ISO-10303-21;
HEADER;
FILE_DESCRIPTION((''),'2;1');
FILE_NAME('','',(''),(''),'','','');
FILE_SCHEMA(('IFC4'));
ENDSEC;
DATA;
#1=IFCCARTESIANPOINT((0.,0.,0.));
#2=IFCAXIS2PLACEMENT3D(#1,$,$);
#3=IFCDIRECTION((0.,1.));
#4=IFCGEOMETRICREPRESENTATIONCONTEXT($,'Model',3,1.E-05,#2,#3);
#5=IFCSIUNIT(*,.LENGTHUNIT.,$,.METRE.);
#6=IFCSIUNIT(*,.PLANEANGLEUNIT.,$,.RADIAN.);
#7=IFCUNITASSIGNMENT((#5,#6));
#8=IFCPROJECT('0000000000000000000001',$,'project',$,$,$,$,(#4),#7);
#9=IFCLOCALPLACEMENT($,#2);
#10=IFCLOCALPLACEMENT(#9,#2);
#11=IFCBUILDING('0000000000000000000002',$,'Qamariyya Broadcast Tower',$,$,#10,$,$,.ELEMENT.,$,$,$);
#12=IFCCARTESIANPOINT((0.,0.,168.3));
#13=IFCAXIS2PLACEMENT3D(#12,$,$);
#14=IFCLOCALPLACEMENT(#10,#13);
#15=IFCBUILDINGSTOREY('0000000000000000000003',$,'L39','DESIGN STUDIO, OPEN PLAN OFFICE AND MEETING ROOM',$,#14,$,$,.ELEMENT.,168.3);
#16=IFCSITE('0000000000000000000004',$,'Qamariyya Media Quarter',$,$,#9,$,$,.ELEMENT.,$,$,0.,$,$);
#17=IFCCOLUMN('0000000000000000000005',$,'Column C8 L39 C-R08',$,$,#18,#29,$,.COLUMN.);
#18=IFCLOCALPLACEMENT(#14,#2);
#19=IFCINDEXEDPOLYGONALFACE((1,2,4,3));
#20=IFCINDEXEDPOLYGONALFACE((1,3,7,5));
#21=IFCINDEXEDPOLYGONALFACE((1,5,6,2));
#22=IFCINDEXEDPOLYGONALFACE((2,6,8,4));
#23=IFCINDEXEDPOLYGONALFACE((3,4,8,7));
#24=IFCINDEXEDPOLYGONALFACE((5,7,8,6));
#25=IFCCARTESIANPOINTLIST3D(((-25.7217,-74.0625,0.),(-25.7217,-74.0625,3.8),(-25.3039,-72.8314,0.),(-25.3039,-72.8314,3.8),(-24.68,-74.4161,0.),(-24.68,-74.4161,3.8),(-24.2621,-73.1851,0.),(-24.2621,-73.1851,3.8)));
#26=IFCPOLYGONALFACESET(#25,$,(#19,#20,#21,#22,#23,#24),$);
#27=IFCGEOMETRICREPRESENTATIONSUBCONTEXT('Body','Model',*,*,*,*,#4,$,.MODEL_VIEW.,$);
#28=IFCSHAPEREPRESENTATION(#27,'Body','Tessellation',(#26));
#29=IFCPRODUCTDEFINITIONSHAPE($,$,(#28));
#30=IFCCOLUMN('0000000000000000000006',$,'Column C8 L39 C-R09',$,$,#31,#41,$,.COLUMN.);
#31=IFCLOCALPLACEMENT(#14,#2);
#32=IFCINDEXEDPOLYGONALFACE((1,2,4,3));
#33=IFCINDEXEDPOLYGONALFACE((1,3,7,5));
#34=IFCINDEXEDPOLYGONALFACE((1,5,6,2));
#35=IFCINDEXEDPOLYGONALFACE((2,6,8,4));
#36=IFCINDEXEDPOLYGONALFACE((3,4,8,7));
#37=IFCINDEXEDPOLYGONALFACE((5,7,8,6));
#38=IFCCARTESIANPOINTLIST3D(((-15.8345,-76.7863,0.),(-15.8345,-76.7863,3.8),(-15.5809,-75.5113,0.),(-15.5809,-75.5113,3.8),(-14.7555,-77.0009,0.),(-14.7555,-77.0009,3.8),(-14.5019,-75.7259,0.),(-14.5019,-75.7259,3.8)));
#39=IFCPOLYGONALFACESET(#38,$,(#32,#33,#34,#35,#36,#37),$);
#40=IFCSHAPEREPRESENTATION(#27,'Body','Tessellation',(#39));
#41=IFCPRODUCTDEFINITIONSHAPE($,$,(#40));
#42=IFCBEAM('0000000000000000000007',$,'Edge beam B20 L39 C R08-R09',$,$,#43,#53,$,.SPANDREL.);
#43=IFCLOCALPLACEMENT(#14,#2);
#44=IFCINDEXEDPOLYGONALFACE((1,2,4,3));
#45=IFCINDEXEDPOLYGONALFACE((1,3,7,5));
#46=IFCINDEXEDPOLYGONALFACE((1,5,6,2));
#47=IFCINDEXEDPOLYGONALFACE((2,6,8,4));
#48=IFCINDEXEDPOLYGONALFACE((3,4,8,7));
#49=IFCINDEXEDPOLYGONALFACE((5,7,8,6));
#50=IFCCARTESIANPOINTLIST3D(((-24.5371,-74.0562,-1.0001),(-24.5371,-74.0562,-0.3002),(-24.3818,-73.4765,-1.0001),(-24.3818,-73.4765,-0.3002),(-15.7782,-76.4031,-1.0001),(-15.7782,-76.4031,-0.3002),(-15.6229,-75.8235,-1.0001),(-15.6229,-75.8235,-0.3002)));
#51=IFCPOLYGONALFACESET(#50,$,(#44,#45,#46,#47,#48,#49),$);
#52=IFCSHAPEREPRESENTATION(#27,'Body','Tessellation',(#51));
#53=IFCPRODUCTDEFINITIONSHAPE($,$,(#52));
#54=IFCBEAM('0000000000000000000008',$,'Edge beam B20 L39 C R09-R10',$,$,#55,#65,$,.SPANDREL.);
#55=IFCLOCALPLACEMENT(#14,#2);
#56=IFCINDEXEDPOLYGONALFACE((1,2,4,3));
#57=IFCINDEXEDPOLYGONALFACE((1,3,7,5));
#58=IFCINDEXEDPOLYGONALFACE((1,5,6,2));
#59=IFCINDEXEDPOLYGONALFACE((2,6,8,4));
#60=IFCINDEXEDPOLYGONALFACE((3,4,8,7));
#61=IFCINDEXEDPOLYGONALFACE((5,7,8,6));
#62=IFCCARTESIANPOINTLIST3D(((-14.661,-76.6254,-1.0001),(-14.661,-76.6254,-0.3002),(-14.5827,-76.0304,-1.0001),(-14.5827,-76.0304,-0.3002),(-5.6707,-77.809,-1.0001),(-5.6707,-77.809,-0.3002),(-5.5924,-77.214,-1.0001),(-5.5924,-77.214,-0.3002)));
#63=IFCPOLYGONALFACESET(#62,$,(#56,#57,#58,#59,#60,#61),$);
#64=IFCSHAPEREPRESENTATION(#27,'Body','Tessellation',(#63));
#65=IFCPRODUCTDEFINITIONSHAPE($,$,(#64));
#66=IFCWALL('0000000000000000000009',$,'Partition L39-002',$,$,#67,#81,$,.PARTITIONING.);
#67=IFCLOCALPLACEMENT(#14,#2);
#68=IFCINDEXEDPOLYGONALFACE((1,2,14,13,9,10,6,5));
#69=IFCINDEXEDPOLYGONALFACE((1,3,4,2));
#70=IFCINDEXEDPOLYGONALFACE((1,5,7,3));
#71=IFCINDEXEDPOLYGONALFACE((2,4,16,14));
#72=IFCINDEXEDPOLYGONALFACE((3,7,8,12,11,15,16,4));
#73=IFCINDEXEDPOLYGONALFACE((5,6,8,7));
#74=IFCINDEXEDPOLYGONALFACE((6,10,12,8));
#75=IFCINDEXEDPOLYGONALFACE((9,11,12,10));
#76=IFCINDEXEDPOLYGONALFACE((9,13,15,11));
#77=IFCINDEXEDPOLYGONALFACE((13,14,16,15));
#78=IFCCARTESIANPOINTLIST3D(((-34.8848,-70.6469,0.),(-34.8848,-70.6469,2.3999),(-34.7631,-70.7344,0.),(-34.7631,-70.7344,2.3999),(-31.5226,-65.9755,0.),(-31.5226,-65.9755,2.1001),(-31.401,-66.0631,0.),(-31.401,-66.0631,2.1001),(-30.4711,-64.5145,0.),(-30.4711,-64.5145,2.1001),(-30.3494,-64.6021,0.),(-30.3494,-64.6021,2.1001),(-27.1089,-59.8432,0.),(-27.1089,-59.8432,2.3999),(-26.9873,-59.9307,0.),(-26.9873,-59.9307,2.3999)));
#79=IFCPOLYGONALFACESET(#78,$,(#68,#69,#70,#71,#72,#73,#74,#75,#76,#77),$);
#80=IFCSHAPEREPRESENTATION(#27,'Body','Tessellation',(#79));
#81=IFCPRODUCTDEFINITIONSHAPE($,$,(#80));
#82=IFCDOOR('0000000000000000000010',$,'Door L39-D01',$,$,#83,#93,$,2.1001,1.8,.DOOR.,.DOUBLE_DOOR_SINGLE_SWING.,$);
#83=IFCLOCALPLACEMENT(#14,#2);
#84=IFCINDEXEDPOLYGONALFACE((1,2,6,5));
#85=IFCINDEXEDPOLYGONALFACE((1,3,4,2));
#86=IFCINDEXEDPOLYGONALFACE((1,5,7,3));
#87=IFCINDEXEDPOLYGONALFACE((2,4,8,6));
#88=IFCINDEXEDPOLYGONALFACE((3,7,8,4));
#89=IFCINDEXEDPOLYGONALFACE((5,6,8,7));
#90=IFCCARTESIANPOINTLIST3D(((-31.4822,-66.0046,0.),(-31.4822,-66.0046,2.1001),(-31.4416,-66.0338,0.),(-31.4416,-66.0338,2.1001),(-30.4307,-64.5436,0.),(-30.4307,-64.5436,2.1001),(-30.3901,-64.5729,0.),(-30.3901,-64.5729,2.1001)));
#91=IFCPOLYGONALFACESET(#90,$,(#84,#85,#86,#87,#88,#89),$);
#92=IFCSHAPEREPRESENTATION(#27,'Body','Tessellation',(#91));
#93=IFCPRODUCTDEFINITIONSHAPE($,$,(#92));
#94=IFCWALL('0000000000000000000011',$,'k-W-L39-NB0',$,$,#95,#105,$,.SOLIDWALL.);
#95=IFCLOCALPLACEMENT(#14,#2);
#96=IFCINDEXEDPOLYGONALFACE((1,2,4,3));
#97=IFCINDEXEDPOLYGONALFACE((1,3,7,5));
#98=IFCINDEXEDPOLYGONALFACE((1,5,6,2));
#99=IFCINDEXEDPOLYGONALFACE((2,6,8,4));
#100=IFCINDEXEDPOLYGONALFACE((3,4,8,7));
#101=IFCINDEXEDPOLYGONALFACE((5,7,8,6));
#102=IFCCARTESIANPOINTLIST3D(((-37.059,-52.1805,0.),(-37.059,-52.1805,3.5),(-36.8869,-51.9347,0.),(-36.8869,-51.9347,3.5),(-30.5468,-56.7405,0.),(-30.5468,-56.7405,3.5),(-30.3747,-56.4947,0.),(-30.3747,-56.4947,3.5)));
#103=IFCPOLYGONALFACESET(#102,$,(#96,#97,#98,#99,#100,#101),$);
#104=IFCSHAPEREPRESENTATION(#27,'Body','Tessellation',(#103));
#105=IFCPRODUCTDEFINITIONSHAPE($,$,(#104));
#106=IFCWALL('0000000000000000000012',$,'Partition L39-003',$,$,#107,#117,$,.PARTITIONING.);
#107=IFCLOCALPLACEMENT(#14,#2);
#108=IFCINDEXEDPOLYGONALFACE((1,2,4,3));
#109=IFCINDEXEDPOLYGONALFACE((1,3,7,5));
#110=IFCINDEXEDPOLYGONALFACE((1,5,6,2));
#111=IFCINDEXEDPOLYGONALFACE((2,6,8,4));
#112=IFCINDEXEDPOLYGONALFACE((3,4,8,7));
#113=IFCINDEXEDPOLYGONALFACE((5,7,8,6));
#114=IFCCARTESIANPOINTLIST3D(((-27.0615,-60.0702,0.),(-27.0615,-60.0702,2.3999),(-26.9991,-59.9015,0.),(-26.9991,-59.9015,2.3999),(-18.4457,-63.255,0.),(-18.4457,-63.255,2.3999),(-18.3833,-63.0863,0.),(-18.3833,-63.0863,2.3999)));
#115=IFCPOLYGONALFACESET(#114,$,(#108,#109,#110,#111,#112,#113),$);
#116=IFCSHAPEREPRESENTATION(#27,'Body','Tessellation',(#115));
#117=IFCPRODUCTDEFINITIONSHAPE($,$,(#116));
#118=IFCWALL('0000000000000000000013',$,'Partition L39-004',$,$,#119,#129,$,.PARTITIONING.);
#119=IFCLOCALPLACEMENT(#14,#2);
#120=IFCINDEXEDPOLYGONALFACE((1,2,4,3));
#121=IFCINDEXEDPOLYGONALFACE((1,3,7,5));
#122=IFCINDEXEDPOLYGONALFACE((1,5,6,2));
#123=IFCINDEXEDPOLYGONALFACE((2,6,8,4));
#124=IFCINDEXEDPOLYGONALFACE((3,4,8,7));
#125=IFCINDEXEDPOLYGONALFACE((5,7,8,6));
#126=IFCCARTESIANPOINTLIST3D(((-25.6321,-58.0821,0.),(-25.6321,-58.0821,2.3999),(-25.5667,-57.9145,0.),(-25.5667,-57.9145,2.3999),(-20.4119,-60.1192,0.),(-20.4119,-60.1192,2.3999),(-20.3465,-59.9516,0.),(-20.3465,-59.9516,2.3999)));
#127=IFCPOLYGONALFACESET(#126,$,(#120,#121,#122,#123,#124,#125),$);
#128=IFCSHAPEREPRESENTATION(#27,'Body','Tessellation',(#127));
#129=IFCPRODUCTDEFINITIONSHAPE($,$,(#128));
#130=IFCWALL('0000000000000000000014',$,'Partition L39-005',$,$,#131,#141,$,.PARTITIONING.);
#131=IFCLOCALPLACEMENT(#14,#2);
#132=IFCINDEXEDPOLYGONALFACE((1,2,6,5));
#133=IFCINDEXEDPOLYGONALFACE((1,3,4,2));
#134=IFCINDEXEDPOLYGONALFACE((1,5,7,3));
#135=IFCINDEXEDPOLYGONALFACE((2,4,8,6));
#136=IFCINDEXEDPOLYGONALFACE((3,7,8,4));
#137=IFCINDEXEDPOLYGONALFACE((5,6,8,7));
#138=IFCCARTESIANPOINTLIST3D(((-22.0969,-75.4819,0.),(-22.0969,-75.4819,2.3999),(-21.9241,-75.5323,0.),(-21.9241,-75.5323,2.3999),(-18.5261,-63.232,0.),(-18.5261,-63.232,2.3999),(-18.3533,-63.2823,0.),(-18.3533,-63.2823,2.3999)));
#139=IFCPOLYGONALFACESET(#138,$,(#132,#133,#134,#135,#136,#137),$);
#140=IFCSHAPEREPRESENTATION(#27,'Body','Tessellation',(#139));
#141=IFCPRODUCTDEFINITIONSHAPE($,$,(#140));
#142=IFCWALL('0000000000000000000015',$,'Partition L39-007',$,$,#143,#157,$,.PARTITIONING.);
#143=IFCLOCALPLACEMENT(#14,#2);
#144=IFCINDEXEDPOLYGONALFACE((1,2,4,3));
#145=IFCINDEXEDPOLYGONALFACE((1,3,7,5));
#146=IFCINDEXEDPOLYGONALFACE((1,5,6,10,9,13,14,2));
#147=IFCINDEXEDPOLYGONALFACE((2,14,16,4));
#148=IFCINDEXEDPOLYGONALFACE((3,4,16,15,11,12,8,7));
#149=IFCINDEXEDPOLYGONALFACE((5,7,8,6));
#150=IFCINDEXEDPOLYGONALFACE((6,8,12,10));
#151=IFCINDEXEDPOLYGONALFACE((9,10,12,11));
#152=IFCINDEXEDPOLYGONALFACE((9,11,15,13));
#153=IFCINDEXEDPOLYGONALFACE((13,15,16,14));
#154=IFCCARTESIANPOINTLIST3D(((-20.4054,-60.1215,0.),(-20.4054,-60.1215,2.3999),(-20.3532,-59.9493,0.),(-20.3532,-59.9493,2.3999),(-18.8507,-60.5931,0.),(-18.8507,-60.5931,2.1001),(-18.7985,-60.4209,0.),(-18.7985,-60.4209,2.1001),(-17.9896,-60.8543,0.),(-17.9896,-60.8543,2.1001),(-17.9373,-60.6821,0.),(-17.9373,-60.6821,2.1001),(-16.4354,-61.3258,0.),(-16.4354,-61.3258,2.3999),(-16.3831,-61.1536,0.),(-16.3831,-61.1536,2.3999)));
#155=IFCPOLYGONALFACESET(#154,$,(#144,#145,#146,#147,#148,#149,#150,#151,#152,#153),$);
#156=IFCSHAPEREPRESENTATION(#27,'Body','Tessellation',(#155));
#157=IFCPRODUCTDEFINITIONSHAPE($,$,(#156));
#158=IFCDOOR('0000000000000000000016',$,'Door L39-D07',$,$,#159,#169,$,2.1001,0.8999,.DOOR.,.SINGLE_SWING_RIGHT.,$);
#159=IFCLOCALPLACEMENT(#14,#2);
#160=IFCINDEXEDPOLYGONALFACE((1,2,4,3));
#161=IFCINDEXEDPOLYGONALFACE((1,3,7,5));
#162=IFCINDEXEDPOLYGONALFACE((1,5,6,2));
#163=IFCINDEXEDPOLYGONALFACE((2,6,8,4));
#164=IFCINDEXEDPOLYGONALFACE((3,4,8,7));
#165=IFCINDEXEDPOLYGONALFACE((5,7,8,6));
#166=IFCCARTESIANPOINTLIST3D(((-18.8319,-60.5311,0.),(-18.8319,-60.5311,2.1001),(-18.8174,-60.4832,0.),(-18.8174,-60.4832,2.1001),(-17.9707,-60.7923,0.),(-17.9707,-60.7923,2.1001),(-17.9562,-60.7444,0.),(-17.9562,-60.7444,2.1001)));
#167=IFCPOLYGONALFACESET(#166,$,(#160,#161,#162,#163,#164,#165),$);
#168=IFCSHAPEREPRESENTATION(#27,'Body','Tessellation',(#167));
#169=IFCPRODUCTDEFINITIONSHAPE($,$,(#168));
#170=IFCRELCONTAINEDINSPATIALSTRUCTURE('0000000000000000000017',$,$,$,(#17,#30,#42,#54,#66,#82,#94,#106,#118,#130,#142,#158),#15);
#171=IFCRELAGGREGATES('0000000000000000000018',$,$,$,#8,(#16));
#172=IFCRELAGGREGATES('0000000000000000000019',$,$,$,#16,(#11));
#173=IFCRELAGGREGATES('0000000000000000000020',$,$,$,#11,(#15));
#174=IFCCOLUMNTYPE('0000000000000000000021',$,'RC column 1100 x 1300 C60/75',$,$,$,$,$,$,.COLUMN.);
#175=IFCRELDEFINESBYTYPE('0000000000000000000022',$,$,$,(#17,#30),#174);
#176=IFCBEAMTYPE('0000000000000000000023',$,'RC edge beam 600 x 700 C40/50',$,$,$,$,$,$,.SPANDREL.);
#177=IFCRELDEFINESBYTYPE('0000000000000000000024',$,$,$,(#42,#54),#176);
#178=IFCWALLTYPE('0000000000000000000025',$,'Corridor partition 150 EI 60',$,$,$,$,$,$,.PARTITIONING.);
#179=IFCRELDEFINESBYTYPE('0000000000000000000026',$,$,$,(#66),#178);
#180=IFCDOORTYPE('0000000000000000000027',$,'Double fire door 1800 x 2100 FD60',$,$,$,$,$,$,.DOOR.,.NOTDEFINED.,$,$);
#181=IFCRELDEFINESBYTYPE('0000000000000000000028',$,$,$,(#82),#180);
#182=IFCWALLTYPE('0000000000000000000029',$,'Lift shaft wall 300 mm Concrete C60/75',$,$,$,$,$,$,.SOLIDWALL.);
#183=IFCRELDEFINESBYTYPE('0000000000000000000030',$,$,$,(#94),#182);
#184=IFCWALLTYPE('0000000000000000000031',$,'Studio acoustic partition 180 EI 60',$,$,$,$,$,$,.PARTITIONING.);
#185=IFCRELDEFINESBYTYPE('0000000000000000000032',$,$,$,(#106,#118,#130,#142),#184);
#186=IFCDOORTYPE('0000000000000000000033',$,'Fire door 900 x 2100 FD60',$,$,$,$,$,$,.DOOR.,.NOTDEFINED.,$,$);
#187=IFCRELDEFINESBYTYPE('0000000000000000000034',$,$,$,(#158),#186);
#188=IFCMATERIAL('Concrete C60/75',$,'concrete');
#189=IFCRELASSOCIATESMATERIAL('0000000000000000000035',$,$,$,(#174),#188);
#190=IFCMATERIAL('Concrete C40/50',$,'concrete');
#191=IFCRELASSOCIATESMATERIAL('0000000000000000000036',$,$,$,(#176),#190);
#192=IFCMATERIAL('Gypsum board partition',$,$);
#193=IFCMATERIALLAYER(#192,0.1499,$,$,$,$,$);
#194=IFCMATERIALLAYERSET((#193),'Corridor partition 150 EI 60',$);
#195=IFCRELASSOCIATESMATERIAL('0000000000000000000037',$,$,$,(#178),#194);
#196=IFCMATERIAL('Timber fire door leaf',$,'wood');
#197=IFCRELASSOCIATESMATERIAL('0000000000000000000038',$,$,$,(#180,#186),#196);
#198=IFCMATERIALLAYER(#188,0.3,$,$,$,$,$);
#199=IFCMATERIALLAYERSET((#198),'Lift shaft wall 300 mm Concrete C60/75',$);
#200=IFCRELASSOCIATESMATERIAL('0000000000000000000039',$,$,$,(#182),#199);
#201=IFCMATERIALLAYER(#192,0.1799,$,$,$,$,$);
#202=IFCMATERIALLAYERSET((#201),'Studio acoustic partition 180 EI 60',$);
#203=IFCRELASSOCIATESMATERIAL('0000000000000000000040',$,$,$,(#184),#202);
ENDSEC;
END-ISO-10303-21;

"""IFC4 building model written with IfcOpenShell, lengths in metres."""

from ifc_helpers import new_model, si_unit, direction, frame, frame_2d, origin, origin_2d, place, context, subcontext, project, spatial, rectangle, extrude, material, layer, layer_set, material_profile, profile_set, type_object, element, fill, save


model = new_model("IFC4")

# Units and contexts
model_context = context("Model", 3, precision=1e-05, world=origin(), true_north=direction((0.0, 1.0)))
body_context = subcontext(model_context, "Body", "Model", "MODEL_VIEW")
ifc_project = project(units=[si_unit("LENGTHUNIT", "METRE"), si_unit("PLANEANGLEUNIT", "RADIAN")], contexts=[model_context])

# Site, building, storey
site_placement = place(None, origin())
site = spatial("IfcSite", under=ifc_project, at=site_placement, Name="Qamariyya Media Quarter", CompositionType="ELEMENT", RefElevation=0.0)
building_placement = place(site_placement, origin())
building = spatial("IfcBuilding", under=site, at=building_placement, Name="Qamariyya Broadcast Tower", CompositionType="ELEMENT")
storey_placement = place(building_placement, frame((0.0, 0.0, 168.3)))
storey = spatial("IfcBuildingStorey", under=building, at=storey_placement, Name="L39", Description="DESIGN STUDIO, OPEN PLAN OFFICE AND MEETING ROOM", CompositionType="ELEMENT", Elevation=168.3)

# Columns
ifc_material_1 = material(Name="Concrete C60/75", Category="concrete")
ifc_material_profile_1 = material_profile(ifc_material_1, rectangle(XDim=1.1001, YDim=1.3, at=origin_2d()))
ifc_profile_set_1 = profile_set([ifc_material_profile_1], Name="Concrete C60/75")
column_type = type_object("IfcColumnType", Name="RC column 1100 x 1300 C60/75", PredefinedType="COLUMN", material=ifc_profile_set_1)
for number, where, z_axis, x_axis, name in (
    (1, (-24.9919, -73.6238, 0.0), (0.0, 0.0, 1.0), (0.94693, -0.321439, 0.0), "Column C8 L39 C-R08"),
    (2, (-15.1682, -76.2561, 0.0), (0.0, 0.0, 1.0), (0.980785, -0.19509, 0.0), "Column C8 L39 C-R09"),
):
    element("IfcColumn", number, at=place(storey_placement, frame(where, z_axis=z_axis, x_axis=x_axis)), inside=storey, type_object=column_type, Name=name, PredefinedType="COLUMN", context=body_context, shape_type="SweptSolid", body=[
        extrude(rectangle(XDim=1.1001, YDim=1.3, at=origin_2d()), origin(), (0.0, 0.0, 1.0), 3.8),
    ])

# Beams
ifc_material_2 = material(Name="Concrete C40/50", Category="concrete")
ifc_material_profile_2 = material_profile(ifc_material_2, rectangle(XDim=0.6001, YDim=0.7, at=origin_2d()))
ifc_profile_set_2 = profile_set([ifc_material_profile_2], Name="Concrete C40/50")
beam_type = type_object("IfcBeamType", Name="RC edge beam 600 x 700 C40/50", PredefinedType="SPANDREL", material=ifc_profile_set_2)
for number, where, z_axis, x_axis, name in (
    (3, (-24.4595, -73.7664, -0.6501), (0.965925, -0.25882, 0.0), (0.25882, 0.965925, 0.0), "Edge beam B20 L39 C R08-R09"),
    (4, (-14.6218, -76.3279, -0.6501), (0.991445, -0.130527, 0.0), (0.130527, 0.991445, 0.0), "Edge beam B20 L39 C R09-R10"),
):
    element("IfcBeam", number, at=place(storey_placement, frame(where, z_axis=z_axis, x_axis=x_axis)), inside=storey, type_object=beam_type, Name=name, PredefinedType="SPANDREL", context=body_context, shape_type="SweptSolid", body=[
        extrude(rectangle(XDim=0.6001, YDim=0.7, at=origin_2d()), origin(), (0.0, 0.0, 1.0), 9.0679),
    ])

# Wall, opening, door
ifc_material_3 = material(Name="Gypsum board partition")
ifc_layer_1 = layer(ifc_material_3, 0.1499)
ifc_layer_set_1 = layer_set([ifc_layer_1], Name="Corridor partition 150 EI 60")
wall_type_1 = type_object("IfcWallType", Name="Corridor partition 150 EI 60", PredefinedType="PARTITIONING", material=ifc_layer_set_1)
wall_1_placement = place(storey_placement, frame((-27.0481, -59.887, 0.0), z_axis=(0.0, 0.0, 1.0), x_axis=(-0.584167, -0.811634, 0.0)))
wall_1 = element("IfcWall", 5, at=wall_1_placement, inside=storey, type_object=wall_type_1, Name="Partition L39-002", PredefinedType="PARTITIONING", context=body_context, shape_type="SweptSolid", body=[
    extrude(rectangle(XDim=13.311, YDim=0.1499, at=frame_2d((6.6555, 0.0))), origin(), (0.0, 0.0, 1.0), 2.3999),
])
opening_1_placement = place(wall_1_placement, frame((5.7556, 0.0, 0.0)))
opening_1 = element("IfcOpeningElement", 6, at=opening_1_placement, cuts=wall_1, PredefinedType="OPENING", context=body_context, shape_type="SweptSolid", body=[
    extrude(rectangle(XDim=1.8, YDim=2.1001, at=frame_2d((0.8999, 1.05))), frame((0.0, 0.085, 0.0), z_axis=(0.0, -1.0, 0.0), x_axis=(1.0, 0.0, 0.0)), (0.0, 0.0, 1.0), 0.1699),
])
ifc_material_4 = material(Name="Timber fire door leaf", Category="wood")
door_type_1 = type_object("IfcDoorType", Name="Double fire door 1800 x 2100 FD60", OperationType="NOTDEFINED", PredefinedType="DOOR", material=ifc_material_4)
door_1_placement = place(opening_1_placement, origin())
door_1 = element("IfcDoor", 7, at=door_1_placement, inside=storey, type_object=door_type_1, Name="Door L39-D01", OperationType="DOUBLE_DOOR_SINGLE_SWING", OverallHeight=2.1001, OverallWidth=1.8, PredefinedType="DOOR", context=body_context, shape_type="SweptSolid", body=[
    extrude(rectangle(XDim=1.8, YDim=2.1001, at=frame_2d((0.8999, 1.05))), frame((0.0, 0.0249, 0.0), z_axis=(0.0, -1.0, 0.0), x_axis=(1.0, 0.0, 0.0)), (0.0, 0.0, 1.0), 0.05),
])
fill(opening_1, door_1)

# Walls
ifc_layer_2 = layer(ifc_material_1, 0.3)
ifc_layer_set_2 = layer_set([ifc_layer_2], Name="Lift shaft wall 300 mm Concrete C60/75")
wall_type_2 = type_object("IfcWallType", Name="Lift shaft wall 300 mm Concrete C60/75", PredefinedType="SOLIDWALL", material=ifc_layer_set_2)
wall_2_placement = place(storey_placement, frame((-30.4607, -56.6177, 0.0), z_axis=(0.0, 0.0, 1.0), x_axis=(-0.819142, 0.57359, 0.0)))
element("IfcWall", 8, at=wall_2_placement, inside=storey, type_object=wall_type_2, Name="k-W-L39-NB0", PredefinedType="SOLIDWALL", context=body_context, shape_type="SweptSolid", body=[
    extrude(rectangle(XDim=7.95, YDim=0.3, at=frame_2d((3.9751, 0.0))), origin(), (0.0, 0.0, 1.0), 3.5),
])
ifc_layer_3 = layer(ifc_material_3, 0.1799)
ifc_layer_set_3 = layer_set([ifc_layer_3], Name="Studio acoustic partition 180 EI 60")
wall_type_3 = type_object("IfcWallType", Name="Studio acoustic partition 180 EI 60", PredefinedType="PARTITIONING", material=ifc_layer_set_3)
wall_3_placement = place(storey_placement, frame((-27.0303, -59.9858, 0.0), z_axis=(0.0, 0.0, 1.0), x_axis=(0.937968, -0.346721, 0.0)))
element("IfcWall", 9, at=wall_3_placement, inside=storey, type_object=wall_type_3, Name="Partition L39-003", PredefinedType="PARTITIONING", context=body_context, shape_type="SweptSolid", body=[
    extrude(rectangle(XDim=9.1855, YDim=0.1799, at=frame_2d((4.5928, 0.0))), origin(), (0.0, 0.0, 1.0), 2.3999),
])
wall_4_placement = place(storey_placement, frame((-25.5994, -57.9983, 0.0), z_axis=(0.0, 0.0, 1.0), x_axis=(0.93158, -0.363535, 0.0)))
element("IfcWall", 10, at=wall_4_placement, inside=storey, type_object=wall_type_3, Name="Partition L39-004", PredefinedType="PARTITIONING", context=body_context, shape_type="SweptSolid", body=[
    extrude(rectangle(XDim=5.6035, YDim=0.1799, at=frame_2d((2.8018, 0.0))), origin(), (0.0, 0.0, 1.0), 2.3999),
])
wall_5_placement = place(storey_placement, frame((-22.0105, -75.5071, 0.0), z_axis=(0.0, 0.0, 1.0), x_axis=(0.279847, 0.960045, 0.0)))
element("IfcWall", 11, at=wall_5_placement, inside=storey, type_object=wall_type_3, Name="Partition L39-005", PredefinedType="PARTITIONING", context=body_context, shape_type="SweptSolid", body=[
    extrude(rectangle(XDim=12.7598, YDim=0.1799, at=frame_2d((6.3799, 0.0))), origin(), (0.0, 0.0, 1.0), 2.3999),
])

# Wall, opening, door
wall_6_placement = place(storey_placement, frame((-20.3792, -60.0354, 0.0), z_axis=(0.0, 0.0, 1.0), x_axis=(0.956936, -0.2903, 0.0)))
wall_6 = element("IfcWall", 12, at=wall_6_placement, inside=storey, type_object=wall_type_3, Name="Partition L39-007", PredefinedType="PARTITIONING", context=body_context, shape_type="SweptSolid", body=[
    extrude(rectangle(XDim=4.1487, YDim=0.1799, at=frame_2d((2.0742, 0.0))), origin(), (0.0, 0.0, 1.0), 2.3999),
])
opening_2_placement = place(wall_6_placement, frame((1.6245, 0.0, 0.0)))
opening_2 = element("IfcOpeningElement", 13, at=opening_2_placement, cuts=wall_6, PredefinedType="OPENING", context=body_context, shape_type="SweptSolid", body=[
    extrude(rectangle(XDim=0.8999, YDim=2.1001, at=frame_2d((0.45, 1.05))), frame((0.0, 0.0999, 0.0), z_axis=(0.0, -1.0, 0.0), x_axis=(1.0, 0.0, 0.0)), (0.0, 0.0, 1.0), 0.2),
])
door_type_2 = type_object("IfcDoorType", Name="Fire door 900 x 2100 FD60", OperationType="NOTDEFINED", PredefinedType="DOOR", material=ifc_material_4)
door_2_placement = place(opening_2_placement, origin())
door_2 = element("IfcDoor", 14, at=door_2_placement, inside=storey, type_object=door_type_2, Name="Door L39-D07", OperationType="SINGLE_SWING_RIGHT", OverallHeight=2.1001, OverallWidth=0.8999, PredefinedType="DOOR", context=body_context, shape_type="SweptSolid", body=[
    extrude(rectangle(XDim=0.8999, YDim=2.1001, at=frame_2d((0.45, 1.05))), frame((0.0, 0.0249, 0.0), z_axis=(0.0, -1.0, 0.0), x_axis=(1.0, 0.0, 0.0)), (0.0, 0.0, 1.0), 0.05),
])
fill(opening_2, door_2)

save(model, "model.ifc")
